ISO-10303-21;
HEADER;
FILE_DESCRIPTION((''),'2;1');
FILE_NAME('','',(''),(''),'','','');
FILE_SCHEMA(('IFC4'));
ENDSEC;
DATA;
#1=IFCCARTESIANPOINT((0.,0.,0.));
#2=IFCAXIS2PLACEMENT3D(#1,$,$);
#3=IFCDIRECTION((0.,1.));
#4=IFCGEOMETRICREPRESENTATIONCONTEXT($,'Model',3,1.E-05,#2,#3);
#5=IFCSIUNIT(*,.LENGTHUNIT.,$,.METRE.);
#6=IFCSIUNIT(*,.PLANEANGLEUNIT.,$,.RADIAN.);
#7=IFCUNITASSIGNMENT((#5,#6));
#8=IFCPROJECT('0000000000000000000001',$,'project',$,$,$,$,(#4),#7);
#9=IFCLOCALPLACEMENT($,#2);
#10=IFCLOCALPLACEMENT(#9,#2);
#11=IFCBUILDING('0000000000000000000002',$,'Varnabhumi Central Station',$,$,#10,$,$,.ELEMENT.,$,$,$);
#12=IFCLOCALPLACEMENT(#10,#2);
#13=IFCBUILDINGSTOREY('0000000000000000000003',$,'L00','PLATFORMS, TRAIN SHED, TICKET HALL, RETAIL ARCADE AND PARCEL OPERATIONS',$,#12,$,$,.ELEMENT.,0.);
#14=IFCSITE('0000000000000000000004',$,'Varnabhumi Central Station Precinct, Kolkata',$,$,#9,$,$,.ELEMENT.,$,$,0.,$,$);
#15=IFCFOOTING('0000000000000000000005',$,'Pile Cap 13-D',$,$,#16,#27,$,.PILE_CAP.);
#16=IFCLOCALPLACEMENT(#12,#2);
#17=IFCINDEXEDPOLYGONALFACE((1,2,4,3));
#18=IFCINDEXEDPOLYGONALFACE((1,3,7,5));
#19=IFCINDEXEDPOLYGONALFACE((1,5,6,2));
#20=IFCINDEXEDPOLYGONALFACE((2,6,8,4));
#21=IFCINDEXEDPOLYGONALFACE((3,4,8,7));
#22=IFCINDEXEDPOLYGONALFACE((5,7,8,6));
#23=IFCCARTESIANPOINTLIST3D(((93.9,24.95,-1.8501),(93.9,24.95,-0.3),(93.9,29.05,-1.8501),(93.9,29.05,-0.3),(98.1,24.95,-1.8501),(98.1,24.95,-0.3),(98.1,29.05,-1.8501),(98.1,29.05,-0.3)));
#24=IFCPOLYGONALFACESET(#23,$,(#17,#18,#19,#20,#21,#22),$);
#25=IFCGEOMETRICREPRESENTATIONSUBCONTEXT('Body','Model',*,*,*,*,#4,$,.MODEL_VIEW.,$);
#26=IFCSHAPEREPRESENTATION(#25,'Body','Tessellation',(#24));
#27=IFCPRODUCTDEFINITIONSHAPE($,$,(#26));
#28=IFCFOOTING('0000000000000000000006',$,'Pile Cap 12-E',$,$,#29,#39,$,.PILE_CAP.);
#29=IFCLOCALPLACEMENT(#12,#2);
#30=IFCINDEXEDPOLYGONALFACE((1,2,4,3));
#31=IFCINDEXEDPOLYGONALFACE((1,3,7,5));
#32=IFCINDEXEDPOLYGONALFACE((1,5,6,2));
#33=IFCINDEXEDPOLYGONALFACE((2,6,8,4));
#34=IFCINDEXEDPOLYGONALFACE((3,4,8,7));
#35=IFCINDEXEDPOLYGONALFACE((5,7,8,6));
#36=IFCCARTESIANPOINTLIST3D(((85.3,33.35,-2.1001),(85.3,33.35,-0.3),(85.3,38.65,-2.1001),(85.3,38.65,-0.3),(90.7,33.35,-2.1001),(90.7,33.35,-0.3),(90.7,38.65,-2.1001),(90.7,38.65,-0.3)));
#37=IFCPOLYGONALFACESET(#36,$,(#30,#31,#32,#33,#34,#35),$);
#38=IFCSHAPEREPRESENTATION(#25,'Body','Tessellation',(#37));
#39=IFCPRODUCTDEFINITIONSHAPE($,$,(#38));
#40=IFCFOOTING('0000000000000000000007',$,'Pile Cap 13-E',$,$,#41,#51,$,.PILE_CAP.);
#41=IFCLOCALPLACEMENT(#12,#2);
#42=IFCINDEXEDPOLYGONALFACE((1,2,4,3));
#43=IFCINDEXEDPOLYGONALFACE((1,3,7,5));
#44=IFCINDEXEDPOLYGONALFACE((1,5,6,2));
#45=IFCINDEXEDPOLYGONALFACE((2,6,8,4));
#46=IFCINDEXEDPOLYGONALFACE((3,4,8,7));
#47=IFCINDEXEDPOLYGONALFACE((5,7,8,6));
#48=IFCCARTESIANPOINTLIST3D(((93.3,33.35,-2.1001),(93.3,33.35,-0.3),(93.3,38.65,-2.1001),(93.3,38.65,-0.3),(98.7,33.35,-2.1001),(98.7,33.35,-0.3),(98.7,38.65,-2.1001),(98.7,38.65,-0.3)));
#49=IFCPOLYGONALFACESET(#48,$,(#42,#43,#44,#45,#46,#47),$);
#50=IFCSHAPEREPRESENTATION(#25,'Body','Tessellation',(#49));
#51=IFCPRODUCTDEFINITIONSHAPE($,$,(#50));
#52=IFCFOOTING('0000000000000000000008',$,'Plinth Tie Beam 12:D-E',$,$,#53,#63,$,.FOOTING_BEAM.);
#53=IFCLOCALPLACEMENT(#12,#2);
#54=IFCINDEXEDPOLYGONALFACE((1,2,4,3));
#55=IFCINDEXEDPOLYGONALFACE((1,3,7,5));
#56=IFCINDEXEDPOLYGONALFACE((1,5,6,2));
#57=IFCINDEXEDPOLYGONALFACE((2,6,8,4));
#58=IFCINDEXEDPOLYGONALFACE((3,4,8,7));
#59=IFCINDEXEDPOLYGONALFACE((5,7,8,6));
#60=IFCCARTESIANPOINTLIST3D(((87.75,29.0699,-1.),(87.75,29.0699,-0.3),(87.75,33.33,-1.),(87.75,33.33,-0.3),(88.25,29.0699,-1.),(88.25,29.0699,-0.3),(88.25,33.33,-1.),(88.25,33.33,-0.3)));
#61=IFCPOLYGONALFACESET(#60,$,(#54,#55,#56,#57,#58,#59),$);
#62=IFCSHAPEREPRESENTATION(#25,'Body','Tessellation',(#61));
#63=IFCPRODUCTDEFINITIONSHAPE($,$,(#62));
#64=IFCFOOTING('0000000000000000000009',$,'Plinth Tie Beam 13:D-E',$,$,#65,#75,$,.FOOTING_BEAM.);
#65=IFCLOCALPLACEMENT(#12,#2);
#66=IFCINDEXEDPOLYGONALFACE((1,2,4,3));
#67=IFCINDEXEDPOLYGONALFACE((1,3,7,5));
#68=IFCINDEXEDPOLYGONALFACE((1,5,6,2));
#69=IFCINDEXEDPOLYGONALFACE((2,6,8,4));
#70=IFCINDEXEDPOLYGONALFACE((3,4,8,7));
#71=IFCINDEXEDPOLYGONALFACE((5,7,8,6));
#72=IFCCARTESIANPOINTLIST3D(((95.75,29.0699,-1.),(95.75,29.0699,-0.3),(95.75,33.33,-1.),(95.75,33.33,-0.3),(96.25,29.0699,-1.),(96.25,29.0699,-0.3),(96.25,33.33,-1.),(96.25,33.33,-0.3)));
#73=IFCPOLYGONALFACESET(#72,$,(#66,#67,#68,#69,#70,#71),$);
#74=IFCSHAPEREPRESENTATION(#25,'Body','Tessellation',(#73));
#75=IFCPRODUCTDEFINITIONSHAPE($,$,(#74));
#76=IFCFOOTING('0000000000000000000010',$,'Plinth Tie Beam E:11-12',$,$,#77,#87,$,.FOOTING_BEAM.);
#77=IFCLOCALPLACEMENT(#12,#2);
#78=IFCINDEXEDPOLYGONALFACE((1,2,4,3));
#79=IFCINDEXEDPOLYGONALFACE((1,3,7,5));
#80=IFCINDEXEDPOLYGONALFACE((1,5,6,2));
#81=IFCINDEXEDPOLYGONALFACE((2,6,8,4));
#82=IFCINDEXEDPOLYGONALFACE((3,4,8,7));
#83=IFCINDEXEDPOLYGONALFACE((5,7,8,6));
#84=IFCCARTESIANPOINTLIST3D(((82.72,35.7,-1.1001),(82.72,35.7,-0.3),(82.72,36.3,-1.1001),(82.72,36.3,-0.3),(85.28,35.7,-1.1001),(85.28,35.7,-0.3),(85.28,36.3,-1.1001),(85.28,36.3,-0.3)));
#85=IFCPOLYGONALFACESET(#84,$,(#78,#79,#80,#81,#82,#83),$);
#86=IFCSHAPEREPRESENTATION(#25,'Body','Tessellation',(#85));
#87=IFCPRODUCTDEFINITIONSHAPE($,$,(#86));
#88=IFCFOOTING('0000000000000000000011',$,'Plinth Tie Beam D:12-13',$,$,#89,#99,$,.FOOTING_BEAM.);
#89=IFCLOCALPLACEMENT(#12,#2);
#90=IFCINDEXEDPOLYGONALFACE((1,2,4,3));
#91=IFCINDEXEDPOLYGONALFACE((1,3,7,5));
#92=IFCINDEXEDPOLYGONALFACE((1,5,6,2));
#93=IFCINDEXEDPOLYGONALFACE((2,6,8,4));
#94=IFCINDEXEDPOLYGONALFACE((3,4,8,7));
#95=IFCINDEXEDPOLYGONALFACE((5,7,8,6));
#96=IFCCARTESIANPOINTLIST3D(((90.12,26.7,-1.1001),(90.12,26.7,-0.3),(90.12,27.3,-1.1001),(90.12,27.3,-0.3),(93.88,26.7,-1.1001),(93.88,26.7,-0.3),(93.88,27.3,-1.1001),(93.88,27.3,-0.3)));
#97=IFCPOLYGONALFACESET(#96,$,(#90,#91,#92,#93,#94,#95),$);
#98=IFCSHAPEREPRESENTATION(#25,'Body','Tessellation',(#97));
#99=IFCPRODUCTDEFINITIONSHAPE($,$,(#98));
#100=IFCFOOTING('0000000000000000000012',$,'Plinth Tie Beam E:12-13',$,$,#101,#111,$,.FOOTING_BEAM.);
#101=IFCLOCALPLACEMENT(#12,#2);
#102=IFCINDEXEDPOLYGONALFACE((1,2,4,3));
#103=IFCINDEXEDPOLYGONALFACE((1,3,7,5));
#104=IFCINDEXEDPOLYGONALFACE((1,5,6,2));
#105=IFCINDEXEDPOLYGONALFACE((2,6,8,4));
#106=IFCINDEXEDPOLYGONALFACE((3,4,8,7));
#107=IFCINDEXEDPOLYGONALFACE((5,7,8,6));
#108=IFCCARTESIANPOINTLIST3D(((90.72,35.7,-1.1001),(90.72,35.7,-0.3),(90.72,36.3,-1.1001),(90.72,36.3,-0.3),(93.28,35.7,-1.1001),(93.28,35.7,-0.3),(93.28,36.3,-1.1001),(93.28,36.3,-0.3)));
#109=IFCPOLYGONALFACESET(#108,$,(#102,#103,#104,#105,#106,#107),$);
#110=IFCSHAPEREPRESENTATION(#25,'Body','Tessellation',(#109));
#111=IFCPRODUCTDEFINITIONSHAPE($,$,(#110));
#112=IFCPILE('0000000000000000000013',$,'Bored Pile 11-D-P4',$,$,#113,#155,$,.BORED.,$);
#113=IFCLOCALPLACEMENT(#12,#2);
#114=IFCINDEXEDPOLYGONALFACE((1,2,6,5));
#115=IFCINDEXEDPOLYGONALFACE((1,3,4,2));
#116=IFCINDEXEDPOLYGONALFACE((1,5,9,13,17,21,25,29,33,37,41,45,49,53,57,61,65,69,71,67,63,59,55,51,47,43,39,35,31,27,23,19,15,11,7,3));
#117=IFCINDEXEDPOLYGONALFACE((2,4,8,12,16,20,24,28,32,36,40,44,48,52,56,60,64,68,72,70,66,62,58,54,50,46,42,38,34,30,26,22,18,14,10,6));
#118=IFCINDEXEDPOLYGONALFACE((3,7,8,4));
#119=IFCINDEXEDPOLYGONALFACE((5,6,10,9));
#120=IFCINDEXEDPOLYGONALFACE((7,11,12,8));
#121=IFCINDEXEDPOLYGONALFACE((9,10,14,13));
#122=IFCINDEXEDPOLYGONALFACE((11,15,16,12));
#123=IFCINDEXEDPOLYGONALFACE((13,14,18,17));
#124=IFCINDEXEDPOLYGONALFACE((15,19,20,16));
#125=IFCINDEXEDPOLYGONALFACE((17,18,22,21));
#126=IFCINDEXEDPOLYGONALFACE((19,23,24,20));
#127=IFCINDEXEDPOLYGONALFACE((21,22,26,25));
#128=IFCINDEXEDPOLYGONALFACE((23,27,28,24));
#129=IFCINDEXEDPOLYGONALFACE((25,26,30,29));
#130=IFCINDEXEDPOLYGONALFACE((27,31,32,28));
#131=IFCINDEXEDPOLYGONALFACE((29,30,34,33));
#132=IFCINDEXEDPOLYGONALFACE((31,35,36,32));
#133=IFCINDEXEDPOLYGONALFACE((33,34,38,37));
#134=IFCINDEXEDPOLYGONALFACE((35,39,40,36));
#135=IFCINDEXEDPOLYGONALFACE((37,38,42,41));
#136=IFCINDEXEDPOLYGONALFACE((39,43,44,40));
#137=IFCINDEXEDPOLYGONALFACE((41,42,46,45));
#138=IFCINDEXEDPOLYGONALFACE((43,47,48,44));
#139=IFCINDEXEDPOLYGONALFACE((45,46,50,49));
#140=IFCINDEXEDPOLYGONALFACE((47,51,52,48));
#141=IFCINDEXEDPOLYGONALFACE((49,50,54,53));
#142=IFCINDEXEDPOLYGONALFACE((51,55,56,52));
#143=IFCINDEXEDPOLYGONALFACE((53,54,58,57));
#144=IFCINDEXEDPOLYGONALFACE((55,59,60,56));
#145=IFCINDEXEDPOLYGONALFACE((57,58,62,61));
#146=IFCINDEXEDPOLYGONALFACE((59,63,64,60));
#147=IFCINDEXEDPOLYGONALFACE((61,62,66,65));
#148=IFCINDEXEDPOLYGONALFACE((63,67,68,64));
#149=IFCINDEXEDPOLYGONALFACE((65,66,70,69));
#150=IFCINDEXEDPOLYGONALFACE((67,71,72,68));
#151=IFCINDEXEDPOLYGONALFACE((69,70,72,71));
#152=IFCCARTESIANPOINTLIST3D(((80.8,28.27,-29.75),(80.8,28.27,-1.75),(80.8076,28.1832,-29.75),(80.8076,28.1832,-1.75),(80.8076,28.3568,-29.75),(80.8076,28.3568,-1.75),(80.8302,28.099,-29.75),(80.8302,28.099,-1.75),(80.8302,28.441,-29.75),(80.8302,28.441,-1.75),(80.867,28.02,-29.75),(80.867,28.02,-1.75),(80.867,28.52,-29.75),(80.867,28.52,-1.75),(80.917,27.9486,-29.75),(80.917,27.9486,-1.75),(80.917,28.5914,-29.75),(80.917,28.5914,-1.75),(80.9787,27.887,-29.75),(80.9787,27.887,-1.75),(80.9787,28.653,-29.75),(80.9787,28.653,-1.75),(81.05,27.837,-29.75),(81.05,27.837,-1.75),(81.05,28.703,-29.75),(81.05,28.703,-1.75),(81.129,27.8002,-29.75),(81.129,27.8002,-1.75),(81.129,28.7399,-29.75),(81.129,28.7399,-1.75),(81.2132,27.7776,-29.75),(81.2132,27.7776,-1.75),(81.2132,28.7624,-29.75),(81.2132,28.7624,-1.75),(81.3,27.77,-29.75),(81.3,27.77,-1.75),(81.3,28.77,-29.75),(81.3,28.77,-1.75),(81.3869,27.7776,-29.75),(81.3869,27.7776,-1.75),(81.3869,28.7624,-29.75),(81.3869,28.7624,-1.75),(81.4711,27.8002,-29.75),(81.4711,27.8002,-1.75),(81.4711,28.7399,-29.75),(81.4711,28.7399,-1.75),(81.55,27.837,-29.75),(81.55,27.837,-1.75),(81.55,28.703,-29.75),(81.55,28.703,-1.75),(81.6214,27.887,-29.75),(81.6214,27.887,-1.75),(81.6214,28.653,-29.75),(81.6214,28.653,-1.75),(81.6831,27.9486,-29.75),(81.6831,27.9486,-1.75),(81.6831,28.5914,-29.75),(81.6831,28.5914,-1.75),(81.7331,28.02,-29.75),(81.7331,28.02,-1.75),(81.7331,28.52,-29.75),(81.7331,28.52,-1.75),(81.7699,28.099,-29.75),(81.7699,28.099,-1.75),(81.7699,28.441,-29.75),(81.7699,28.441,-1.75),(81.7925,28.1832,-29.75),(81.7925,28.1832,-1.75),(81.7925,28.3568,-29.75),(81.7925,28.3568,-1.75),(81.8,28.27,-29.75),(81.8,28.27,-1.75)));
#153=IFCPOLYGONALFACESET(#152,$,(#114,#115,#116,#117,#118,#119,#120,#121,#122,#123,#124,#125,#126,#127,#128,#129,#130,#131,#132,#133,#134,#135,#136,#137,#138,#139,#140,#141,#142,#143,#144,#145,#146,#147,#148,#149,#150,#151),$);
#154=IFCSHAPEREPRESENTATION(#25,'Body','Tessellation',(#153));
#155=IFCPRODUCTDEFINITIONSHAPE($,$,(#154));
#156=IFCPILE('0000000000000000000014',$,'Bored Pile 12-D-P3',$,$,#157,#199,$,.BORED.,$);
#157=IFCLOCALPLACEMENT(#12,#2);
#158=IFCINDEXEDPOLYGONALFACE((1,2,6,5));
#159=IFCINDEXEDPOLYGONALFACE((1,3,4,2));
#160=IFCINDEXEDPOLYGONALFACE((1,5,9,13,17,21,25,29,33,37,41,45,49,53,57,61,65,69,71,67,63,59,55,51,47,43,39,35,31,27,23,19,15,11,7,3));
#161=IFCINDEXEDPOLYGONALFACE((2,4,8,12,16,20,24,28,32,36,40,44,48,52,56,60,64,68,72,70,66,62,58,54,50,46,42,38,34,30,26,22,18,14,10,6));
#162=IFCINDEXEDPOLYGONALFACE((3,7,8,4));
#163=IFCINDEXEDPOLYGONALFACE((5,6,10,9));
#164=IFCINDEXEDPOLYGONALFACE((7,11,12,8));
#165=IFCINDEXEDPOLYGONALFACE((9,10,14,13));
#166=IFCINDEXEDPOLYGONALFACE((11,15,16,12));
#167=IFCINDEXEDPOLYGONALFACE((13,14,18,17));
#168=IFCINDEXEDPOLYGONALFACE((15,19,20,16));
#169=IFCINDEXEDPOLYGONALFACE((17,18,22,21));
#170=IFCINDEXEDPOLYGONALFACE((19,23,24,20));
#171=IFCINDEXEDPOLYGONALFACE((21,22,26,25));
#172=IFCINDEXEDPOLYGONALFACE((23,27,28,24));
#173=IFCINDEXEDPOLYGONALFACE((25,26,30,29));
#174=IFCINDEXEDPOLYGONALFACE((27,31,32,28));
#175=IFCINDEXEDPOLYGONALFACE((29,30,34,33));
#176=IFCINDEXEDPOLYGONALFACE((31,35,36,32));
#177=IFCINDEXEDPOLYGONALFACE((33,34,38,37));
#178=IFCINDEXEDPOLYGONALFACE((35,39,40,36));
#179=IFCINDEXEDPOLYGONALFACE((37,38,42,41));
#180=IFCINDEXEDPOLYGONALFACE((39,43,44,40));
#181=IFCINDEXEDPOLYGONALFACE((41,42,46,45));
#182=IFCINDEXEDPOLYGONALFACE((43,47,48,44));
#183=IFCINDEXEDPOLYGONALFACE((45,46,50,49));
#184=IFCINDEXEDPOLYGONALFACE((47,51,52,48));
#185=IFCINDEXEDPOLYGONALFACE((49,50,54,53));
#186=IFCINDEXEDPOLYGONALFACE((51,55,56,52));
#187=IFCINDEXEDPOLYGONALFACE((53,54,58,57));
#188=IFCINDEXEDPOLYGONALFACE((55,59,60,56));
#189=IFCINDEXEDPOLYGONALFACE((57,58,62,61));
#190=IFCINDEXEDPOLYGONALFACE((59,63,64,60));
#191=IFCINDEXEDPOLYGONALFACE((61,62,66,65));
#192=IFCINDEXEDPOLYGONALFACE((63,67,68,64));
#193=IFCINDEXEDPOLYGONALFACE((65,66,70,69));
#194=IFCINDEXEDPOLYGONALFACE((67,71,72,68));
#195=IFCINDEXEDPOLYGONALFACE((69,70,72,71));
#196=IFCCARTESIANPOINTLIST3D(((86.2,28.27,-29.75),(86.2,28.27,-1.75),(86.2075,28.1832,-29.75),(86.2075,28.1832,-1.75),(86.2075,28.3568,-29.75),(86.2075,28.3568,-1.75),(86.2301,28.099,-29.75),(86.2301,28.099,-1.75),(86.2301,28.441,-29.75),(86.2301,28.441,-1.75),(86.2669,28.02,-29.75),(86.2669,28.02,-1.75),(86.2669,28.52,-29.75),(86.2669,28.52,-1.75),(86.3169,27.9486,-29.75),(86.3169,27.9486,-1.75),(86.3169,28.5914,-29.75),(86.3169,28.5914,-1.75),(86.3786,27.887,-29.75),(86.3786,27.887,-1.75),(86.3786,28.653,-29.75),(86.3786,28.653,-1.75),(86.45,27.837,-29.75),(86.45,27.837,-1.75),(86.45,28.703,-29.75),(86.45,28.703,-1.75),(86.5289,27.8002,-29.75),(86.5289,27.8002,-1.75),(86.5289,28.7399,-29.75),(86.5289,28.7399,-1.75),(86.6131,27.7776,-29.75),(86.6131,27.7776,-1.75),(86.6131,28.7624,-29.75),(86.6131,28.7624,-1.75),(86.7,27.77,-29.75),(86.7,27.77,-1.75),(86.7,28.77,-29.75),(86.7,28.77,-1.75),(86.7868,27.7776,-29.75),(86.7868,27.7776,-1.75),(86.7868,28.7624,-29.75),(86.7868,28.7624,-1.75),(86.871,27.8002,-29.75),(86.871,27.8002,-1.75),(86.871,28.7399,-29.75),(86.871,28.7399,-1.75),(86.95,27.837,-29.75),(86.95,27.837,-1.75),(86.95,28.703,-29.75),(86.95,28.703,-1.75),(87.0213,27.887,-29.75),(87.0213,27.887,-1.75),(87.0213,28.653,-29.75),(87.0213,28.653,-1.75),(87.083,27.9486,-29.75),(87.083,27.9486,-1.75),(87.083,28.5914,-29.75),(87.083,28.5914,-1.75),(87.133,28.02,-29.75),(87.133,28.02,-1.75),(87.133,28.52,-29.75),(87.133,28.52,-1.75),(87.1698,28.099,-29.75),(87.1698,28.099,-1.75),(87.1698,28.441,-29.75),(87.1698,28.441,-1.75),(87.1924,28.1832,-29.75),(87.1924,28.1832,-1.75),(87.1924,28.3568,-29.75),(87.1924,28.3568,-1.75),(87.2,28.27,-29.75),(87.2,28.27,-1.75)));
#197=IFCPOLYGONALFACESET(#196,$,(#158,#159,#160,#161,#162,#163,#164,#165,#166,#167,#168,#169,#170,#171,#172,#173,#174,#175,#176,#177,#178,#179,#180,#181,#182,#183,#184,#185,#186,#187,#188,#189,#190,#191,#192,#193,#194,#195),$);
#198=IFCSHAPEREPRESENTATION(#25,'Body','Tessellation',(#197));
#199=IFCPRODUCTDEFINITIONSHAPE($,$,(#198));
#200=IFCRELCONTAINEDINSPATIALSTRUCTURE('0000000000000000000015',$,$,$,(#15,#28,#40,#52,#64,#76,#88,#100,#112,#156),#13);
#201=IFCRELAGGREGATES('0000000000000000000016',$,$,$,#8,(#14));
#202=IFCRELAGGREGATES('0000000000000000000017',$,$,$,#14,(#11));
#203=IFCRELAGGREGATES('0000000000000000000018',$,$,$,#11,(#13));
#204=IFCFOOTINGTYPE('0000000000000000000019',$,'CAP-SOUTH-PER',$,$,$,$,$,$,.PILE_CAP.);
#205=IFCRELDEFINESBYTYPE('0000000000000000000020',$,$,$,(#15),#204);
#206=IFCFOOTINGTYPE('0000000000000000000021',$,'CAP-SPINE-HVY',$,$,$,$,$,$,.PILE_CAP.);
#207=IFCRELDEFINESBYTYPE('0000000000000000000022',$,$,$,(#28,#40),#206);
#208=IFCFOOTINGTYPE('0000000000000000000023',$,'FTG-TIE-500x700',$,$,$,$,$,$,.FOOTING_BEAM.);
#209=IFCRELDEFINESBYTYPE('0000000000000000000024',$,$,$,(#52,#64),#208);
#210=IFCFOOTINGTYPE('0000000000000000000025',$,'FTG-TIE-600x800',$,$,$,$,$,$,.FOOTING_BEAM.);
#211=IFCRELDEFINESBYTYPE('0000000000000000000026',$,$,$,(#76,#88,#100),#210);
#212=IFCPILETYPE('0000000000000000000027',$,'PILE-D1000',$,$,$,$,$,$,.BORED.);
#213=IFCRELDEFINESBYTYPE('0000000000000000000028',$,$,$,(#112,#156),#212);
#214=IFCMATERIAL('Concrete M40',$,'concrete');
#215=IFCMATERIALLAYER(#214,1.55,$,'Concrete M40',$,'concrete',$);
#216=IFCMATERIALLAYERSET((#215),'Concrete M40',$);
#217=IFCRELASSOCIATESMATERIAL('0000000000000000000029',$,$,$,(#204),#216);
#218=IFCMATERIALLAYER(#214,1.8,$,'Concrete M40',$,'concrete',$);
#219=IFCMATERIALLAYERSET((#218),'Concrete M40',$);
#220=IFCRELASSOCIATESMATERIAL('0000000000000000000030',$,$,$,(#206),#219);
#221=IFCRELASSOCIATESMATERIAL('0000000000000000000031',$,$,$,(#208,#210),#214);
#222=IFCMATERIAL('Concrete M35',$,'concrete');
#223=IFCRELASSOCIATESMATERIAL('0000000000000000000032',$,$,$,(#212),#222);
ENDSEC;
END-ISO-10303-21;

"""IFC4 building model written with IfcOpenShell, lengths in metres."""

from ifc_helpers import new_model, si_unit, direction, frame, origin, origin_2d, place, context, subcontext, project, spatial, rectangle, circle, extrude, material, layer, layer_set, material_profile, profile_set, type_object, element, save


model = new_model("IFC4")

# Units and contexts
model_context = context("Model", 3, precision=1e-05, world=origin(), true_north=direction((0.0, 1.0)))
body_context = subcontext(model_context, "Body", "Model", "MODEL_VIEW")
ifc_project = project(units=[si_unit("LENGTHUNIT", "METRE"), si_unit("PLANEANGLEUNIT", "RADIAN")], contexts=[model_context])

# Site, building, storey
site_placement = place(None, origin())
site = spatial("IfcSite", under=ifc_project, at=site_placement, Name="Varnabhumi Central Station Precinct, Kolkata", CompositionType="ELEMENT", RefElevation=0.0)
building_placement = place(site_placement, origin())
building = spatial("IfcBuilding", under=site, at=building_placement, Name="Varnabhumi Central Station", CompositionType="ELEMENT")
storey_placement = place(building_placement, origin())
storey = spatial("IfcBuildingStorey", under=building, at=storey_placement, Name="L00", Description="PLATFORMS, TRAIN SHED, TICKET HALL, RETAIL ARCADE AND PARCEL OPERATIONS", CompositionType="ELEMENT", Elevation=0.0)

# Footings
ifc_material_1 = material(Name="Concrete M40", Category="concrete")
ifc_layer_1 = layer(ifc_material_1, 1.55, Name="Concrete M40", Category="concrete")
ifc_layer_set_1 = layer_set([ifc_layer_1], Name="Concrete M40")
footing_type_1 = type_object("IfcFootingType", Name="CAP-SOUTH-PER", PredefinedType="PILE_CAP", material=ifc_layer_set_1)
footing_1_placement = place(storey_placement, frame((96.0, 27.0, -1.8501), z_axis=(0.0, 0.0, 1.0), x_axis=(1.0, 0.0, 0.0)))
element("IfcFooting", 1, at=footing_1_placement, inside=storey, type_object=footing_type_1, Name="Pile Cap 13-D", PredefinedType="PILE_CAP", context=body_context, shape_type="SweptSolid", body=[
    extrude(rectangle(XDim=4.2, YDim=4.1001, at=origin_2d()), origin(), (0.0, 0.0, 1.0), 1.55),
])
ifc_layer_2 = layer(ifc_material_1, 1.8, Name="Concrete M40", Category="concrete")
ifc_layer_set_2 = layer_set([ifc_layer_2], Name="Concrete M40")
footing_type_2 = type_object("IfcFootingType", Name="CAP-SPINE-HVY", PredefinedType="PILE_CAP", material=ifc_layer_set_2)
for number, where, z_axis, x_axis, name in (
    (2, (88.0, 36.0, -2.1001), (0.0, 0.0, 1.0), (1.0, 0.0, 0.0), "Pile Cap 12-E"),
    (3, (96.0, 36.0, -2.1001), (0.0, 0.0, 1.0), (1.0, 0.0, 0.0), "Pile Cap 13-E"),
):
    element("IfcFooting", number, at=place(storey_placement, frame(where, z_axis=z_axis, x_axis=x_axis)), inside=storey, type_object=footing_type_2, Name=name, PredefinedType="PILE_CAP", context=body_context, shape_type="SweptSolid", body=[
        extrude(rectangle(XDim=5.3999, YDim=5.3, at=origin_2d()), origin(), (0.0, 0.0, 1.0), 1.8),
    ])
footing_type_3 = type_object("IfcFootingType", Name="FTG-TIE-500x700", PredefinedType="FOOTING_BEAM", material=ifc_material_1)
for number, where, z_axis, x_axis, name in (
    (4, (88.0, 31.2, -1.0), (0.0, 0.0, 1.0), (1.0, 0.0, 0.0), "Plinth Tie Beam 12:D-E"),
    (5, (96.0, 31.2, -1.0), (0.0, 0.0, 1.0), (1.0, 0.0, 0.0), "Plinth Tie Beam 13:D-E"),
):
    element("IfcFooting", number, at=place(storey_placement, frame(where, z_axis=z_axis, x_axis=x_axis)), inside=storey, type_object=footing_type_3, Name=name, PredefinedType="FOOTING_BEAM", context=body_context, shape_type="SweptSolid", body=[
        extrude(rectangle(XDim=0.5, YDim=4.26, at=origin_2d()), origin(), (0.0, 0.0, 1.0), 0.7),
    ])
footing_type_4 = type_object("IfcFootingType", Name="FTG-TIE-600x800", PredefinedType="FOOTING_BEAM", material=ifc_material_1)
footing_2_placement = place(storey_placement, frame((84.0, 36.0, -1.1001), z_axis=(0.0, 0.0, 1.0), x_axis=(1.0, 0.0, 0.0)))
element("IfcFooting", 6, at=footing_2_placement, inside=storey, type_object=footing_type_4, Name="Plinth Tie Beam E:11-12", PredefinedType="FOOTING_BEAM", context=body_context, shape_type="SweptSolid", body=[
    extrude(rectangle(XDim=2.5601, YDim=0.6001, at=origin_2d()), origin(), (0.0, 0.0, 1.0), 0.8),
])
footing_3_placement = place(storey_placement, frame((92.0, 27.0, -1.1001), z_axis=(0.0, 0.0, 1.0), x_axis=(1.0, 0.0, 0.0)))
element("IfcFooting", 7, at=footing_3_placement, inside=storey, type_object=footing_type_4, Name="Plinth Tie Beam D:12-13", PredefinedType="FOOTING_BEAM", context=body_context, shape_type="SweptSolid", body=[
    extrude(rectangle(XDim=3.76, YDim=0.6001, at=origin_2d()), origin(), (0.0, 0.0, 1.0), 0.8),
])
footing_4_placement = place(storey_placement, frame((92.0, 36.0, -1.1001), z_axis=(0.0, 0.0, 1.0), x_axis=(1.0, 0.0, 0.0)))
element("IfcFooting", 8, at=footing_4_placement, inside=storey, type_object=footing_type_4, Name="Plinth Tie Beam E:12-13", PredefinedType="FOOTING_BEAM", context=body_context, shape_type="SweptSolid", body=[
    extrude(rectangle(XDim=2.5601, YDim=0.6001, at=origin_2d()), origin(), (0.0, 0.0, 1.0), 0.8),
])

# Piles
ifc_material_2 = material(Name="Concrete M35", Category="concrete")
ifc_material_profile_1 = material_profile(ifc_material_2, circle(Radius=0.5, at=origin_2d()), Name="Concrete M35", Category="concrete")
ifc_profile_set_1 = profile_set([ifc_material_profile_1], Name="Concrete M35")
pile_type_1 = type_object("IfcPileType", Name="PILE-D1000", PredefinedType="BORED", material=ifc_profile_set_1)
for number, where, z_axis, x_axis, name in (
    (9, (81.3, 28.27, -1.75), (0.0, 0.0, -1.0), (1.0, 0.0, 0.0), "Bored Pile 11-D-P4"),
    (10, (86.7, 28.27, -1.75), (0.0, 0.0, -1.0), (1.0, 0.0, 0.0), "Bored Pile 12-D-P3"),
):
    element("IfcPile", number, at=place(storey_placement, frame(where, z_axis=z_axis, x_axis=x_axis)), inside=storey, type_object=pile_type_1, Name=name, PredefinedType="BORED", context=body_context, shape_type="SweptSolid", body=[
        extrude(circle(Radius=0.5, at=origin_2d()), origin(), (0.0, 0.0, 1.0), 28.0),
    ])

save(model, "model.ifc")
